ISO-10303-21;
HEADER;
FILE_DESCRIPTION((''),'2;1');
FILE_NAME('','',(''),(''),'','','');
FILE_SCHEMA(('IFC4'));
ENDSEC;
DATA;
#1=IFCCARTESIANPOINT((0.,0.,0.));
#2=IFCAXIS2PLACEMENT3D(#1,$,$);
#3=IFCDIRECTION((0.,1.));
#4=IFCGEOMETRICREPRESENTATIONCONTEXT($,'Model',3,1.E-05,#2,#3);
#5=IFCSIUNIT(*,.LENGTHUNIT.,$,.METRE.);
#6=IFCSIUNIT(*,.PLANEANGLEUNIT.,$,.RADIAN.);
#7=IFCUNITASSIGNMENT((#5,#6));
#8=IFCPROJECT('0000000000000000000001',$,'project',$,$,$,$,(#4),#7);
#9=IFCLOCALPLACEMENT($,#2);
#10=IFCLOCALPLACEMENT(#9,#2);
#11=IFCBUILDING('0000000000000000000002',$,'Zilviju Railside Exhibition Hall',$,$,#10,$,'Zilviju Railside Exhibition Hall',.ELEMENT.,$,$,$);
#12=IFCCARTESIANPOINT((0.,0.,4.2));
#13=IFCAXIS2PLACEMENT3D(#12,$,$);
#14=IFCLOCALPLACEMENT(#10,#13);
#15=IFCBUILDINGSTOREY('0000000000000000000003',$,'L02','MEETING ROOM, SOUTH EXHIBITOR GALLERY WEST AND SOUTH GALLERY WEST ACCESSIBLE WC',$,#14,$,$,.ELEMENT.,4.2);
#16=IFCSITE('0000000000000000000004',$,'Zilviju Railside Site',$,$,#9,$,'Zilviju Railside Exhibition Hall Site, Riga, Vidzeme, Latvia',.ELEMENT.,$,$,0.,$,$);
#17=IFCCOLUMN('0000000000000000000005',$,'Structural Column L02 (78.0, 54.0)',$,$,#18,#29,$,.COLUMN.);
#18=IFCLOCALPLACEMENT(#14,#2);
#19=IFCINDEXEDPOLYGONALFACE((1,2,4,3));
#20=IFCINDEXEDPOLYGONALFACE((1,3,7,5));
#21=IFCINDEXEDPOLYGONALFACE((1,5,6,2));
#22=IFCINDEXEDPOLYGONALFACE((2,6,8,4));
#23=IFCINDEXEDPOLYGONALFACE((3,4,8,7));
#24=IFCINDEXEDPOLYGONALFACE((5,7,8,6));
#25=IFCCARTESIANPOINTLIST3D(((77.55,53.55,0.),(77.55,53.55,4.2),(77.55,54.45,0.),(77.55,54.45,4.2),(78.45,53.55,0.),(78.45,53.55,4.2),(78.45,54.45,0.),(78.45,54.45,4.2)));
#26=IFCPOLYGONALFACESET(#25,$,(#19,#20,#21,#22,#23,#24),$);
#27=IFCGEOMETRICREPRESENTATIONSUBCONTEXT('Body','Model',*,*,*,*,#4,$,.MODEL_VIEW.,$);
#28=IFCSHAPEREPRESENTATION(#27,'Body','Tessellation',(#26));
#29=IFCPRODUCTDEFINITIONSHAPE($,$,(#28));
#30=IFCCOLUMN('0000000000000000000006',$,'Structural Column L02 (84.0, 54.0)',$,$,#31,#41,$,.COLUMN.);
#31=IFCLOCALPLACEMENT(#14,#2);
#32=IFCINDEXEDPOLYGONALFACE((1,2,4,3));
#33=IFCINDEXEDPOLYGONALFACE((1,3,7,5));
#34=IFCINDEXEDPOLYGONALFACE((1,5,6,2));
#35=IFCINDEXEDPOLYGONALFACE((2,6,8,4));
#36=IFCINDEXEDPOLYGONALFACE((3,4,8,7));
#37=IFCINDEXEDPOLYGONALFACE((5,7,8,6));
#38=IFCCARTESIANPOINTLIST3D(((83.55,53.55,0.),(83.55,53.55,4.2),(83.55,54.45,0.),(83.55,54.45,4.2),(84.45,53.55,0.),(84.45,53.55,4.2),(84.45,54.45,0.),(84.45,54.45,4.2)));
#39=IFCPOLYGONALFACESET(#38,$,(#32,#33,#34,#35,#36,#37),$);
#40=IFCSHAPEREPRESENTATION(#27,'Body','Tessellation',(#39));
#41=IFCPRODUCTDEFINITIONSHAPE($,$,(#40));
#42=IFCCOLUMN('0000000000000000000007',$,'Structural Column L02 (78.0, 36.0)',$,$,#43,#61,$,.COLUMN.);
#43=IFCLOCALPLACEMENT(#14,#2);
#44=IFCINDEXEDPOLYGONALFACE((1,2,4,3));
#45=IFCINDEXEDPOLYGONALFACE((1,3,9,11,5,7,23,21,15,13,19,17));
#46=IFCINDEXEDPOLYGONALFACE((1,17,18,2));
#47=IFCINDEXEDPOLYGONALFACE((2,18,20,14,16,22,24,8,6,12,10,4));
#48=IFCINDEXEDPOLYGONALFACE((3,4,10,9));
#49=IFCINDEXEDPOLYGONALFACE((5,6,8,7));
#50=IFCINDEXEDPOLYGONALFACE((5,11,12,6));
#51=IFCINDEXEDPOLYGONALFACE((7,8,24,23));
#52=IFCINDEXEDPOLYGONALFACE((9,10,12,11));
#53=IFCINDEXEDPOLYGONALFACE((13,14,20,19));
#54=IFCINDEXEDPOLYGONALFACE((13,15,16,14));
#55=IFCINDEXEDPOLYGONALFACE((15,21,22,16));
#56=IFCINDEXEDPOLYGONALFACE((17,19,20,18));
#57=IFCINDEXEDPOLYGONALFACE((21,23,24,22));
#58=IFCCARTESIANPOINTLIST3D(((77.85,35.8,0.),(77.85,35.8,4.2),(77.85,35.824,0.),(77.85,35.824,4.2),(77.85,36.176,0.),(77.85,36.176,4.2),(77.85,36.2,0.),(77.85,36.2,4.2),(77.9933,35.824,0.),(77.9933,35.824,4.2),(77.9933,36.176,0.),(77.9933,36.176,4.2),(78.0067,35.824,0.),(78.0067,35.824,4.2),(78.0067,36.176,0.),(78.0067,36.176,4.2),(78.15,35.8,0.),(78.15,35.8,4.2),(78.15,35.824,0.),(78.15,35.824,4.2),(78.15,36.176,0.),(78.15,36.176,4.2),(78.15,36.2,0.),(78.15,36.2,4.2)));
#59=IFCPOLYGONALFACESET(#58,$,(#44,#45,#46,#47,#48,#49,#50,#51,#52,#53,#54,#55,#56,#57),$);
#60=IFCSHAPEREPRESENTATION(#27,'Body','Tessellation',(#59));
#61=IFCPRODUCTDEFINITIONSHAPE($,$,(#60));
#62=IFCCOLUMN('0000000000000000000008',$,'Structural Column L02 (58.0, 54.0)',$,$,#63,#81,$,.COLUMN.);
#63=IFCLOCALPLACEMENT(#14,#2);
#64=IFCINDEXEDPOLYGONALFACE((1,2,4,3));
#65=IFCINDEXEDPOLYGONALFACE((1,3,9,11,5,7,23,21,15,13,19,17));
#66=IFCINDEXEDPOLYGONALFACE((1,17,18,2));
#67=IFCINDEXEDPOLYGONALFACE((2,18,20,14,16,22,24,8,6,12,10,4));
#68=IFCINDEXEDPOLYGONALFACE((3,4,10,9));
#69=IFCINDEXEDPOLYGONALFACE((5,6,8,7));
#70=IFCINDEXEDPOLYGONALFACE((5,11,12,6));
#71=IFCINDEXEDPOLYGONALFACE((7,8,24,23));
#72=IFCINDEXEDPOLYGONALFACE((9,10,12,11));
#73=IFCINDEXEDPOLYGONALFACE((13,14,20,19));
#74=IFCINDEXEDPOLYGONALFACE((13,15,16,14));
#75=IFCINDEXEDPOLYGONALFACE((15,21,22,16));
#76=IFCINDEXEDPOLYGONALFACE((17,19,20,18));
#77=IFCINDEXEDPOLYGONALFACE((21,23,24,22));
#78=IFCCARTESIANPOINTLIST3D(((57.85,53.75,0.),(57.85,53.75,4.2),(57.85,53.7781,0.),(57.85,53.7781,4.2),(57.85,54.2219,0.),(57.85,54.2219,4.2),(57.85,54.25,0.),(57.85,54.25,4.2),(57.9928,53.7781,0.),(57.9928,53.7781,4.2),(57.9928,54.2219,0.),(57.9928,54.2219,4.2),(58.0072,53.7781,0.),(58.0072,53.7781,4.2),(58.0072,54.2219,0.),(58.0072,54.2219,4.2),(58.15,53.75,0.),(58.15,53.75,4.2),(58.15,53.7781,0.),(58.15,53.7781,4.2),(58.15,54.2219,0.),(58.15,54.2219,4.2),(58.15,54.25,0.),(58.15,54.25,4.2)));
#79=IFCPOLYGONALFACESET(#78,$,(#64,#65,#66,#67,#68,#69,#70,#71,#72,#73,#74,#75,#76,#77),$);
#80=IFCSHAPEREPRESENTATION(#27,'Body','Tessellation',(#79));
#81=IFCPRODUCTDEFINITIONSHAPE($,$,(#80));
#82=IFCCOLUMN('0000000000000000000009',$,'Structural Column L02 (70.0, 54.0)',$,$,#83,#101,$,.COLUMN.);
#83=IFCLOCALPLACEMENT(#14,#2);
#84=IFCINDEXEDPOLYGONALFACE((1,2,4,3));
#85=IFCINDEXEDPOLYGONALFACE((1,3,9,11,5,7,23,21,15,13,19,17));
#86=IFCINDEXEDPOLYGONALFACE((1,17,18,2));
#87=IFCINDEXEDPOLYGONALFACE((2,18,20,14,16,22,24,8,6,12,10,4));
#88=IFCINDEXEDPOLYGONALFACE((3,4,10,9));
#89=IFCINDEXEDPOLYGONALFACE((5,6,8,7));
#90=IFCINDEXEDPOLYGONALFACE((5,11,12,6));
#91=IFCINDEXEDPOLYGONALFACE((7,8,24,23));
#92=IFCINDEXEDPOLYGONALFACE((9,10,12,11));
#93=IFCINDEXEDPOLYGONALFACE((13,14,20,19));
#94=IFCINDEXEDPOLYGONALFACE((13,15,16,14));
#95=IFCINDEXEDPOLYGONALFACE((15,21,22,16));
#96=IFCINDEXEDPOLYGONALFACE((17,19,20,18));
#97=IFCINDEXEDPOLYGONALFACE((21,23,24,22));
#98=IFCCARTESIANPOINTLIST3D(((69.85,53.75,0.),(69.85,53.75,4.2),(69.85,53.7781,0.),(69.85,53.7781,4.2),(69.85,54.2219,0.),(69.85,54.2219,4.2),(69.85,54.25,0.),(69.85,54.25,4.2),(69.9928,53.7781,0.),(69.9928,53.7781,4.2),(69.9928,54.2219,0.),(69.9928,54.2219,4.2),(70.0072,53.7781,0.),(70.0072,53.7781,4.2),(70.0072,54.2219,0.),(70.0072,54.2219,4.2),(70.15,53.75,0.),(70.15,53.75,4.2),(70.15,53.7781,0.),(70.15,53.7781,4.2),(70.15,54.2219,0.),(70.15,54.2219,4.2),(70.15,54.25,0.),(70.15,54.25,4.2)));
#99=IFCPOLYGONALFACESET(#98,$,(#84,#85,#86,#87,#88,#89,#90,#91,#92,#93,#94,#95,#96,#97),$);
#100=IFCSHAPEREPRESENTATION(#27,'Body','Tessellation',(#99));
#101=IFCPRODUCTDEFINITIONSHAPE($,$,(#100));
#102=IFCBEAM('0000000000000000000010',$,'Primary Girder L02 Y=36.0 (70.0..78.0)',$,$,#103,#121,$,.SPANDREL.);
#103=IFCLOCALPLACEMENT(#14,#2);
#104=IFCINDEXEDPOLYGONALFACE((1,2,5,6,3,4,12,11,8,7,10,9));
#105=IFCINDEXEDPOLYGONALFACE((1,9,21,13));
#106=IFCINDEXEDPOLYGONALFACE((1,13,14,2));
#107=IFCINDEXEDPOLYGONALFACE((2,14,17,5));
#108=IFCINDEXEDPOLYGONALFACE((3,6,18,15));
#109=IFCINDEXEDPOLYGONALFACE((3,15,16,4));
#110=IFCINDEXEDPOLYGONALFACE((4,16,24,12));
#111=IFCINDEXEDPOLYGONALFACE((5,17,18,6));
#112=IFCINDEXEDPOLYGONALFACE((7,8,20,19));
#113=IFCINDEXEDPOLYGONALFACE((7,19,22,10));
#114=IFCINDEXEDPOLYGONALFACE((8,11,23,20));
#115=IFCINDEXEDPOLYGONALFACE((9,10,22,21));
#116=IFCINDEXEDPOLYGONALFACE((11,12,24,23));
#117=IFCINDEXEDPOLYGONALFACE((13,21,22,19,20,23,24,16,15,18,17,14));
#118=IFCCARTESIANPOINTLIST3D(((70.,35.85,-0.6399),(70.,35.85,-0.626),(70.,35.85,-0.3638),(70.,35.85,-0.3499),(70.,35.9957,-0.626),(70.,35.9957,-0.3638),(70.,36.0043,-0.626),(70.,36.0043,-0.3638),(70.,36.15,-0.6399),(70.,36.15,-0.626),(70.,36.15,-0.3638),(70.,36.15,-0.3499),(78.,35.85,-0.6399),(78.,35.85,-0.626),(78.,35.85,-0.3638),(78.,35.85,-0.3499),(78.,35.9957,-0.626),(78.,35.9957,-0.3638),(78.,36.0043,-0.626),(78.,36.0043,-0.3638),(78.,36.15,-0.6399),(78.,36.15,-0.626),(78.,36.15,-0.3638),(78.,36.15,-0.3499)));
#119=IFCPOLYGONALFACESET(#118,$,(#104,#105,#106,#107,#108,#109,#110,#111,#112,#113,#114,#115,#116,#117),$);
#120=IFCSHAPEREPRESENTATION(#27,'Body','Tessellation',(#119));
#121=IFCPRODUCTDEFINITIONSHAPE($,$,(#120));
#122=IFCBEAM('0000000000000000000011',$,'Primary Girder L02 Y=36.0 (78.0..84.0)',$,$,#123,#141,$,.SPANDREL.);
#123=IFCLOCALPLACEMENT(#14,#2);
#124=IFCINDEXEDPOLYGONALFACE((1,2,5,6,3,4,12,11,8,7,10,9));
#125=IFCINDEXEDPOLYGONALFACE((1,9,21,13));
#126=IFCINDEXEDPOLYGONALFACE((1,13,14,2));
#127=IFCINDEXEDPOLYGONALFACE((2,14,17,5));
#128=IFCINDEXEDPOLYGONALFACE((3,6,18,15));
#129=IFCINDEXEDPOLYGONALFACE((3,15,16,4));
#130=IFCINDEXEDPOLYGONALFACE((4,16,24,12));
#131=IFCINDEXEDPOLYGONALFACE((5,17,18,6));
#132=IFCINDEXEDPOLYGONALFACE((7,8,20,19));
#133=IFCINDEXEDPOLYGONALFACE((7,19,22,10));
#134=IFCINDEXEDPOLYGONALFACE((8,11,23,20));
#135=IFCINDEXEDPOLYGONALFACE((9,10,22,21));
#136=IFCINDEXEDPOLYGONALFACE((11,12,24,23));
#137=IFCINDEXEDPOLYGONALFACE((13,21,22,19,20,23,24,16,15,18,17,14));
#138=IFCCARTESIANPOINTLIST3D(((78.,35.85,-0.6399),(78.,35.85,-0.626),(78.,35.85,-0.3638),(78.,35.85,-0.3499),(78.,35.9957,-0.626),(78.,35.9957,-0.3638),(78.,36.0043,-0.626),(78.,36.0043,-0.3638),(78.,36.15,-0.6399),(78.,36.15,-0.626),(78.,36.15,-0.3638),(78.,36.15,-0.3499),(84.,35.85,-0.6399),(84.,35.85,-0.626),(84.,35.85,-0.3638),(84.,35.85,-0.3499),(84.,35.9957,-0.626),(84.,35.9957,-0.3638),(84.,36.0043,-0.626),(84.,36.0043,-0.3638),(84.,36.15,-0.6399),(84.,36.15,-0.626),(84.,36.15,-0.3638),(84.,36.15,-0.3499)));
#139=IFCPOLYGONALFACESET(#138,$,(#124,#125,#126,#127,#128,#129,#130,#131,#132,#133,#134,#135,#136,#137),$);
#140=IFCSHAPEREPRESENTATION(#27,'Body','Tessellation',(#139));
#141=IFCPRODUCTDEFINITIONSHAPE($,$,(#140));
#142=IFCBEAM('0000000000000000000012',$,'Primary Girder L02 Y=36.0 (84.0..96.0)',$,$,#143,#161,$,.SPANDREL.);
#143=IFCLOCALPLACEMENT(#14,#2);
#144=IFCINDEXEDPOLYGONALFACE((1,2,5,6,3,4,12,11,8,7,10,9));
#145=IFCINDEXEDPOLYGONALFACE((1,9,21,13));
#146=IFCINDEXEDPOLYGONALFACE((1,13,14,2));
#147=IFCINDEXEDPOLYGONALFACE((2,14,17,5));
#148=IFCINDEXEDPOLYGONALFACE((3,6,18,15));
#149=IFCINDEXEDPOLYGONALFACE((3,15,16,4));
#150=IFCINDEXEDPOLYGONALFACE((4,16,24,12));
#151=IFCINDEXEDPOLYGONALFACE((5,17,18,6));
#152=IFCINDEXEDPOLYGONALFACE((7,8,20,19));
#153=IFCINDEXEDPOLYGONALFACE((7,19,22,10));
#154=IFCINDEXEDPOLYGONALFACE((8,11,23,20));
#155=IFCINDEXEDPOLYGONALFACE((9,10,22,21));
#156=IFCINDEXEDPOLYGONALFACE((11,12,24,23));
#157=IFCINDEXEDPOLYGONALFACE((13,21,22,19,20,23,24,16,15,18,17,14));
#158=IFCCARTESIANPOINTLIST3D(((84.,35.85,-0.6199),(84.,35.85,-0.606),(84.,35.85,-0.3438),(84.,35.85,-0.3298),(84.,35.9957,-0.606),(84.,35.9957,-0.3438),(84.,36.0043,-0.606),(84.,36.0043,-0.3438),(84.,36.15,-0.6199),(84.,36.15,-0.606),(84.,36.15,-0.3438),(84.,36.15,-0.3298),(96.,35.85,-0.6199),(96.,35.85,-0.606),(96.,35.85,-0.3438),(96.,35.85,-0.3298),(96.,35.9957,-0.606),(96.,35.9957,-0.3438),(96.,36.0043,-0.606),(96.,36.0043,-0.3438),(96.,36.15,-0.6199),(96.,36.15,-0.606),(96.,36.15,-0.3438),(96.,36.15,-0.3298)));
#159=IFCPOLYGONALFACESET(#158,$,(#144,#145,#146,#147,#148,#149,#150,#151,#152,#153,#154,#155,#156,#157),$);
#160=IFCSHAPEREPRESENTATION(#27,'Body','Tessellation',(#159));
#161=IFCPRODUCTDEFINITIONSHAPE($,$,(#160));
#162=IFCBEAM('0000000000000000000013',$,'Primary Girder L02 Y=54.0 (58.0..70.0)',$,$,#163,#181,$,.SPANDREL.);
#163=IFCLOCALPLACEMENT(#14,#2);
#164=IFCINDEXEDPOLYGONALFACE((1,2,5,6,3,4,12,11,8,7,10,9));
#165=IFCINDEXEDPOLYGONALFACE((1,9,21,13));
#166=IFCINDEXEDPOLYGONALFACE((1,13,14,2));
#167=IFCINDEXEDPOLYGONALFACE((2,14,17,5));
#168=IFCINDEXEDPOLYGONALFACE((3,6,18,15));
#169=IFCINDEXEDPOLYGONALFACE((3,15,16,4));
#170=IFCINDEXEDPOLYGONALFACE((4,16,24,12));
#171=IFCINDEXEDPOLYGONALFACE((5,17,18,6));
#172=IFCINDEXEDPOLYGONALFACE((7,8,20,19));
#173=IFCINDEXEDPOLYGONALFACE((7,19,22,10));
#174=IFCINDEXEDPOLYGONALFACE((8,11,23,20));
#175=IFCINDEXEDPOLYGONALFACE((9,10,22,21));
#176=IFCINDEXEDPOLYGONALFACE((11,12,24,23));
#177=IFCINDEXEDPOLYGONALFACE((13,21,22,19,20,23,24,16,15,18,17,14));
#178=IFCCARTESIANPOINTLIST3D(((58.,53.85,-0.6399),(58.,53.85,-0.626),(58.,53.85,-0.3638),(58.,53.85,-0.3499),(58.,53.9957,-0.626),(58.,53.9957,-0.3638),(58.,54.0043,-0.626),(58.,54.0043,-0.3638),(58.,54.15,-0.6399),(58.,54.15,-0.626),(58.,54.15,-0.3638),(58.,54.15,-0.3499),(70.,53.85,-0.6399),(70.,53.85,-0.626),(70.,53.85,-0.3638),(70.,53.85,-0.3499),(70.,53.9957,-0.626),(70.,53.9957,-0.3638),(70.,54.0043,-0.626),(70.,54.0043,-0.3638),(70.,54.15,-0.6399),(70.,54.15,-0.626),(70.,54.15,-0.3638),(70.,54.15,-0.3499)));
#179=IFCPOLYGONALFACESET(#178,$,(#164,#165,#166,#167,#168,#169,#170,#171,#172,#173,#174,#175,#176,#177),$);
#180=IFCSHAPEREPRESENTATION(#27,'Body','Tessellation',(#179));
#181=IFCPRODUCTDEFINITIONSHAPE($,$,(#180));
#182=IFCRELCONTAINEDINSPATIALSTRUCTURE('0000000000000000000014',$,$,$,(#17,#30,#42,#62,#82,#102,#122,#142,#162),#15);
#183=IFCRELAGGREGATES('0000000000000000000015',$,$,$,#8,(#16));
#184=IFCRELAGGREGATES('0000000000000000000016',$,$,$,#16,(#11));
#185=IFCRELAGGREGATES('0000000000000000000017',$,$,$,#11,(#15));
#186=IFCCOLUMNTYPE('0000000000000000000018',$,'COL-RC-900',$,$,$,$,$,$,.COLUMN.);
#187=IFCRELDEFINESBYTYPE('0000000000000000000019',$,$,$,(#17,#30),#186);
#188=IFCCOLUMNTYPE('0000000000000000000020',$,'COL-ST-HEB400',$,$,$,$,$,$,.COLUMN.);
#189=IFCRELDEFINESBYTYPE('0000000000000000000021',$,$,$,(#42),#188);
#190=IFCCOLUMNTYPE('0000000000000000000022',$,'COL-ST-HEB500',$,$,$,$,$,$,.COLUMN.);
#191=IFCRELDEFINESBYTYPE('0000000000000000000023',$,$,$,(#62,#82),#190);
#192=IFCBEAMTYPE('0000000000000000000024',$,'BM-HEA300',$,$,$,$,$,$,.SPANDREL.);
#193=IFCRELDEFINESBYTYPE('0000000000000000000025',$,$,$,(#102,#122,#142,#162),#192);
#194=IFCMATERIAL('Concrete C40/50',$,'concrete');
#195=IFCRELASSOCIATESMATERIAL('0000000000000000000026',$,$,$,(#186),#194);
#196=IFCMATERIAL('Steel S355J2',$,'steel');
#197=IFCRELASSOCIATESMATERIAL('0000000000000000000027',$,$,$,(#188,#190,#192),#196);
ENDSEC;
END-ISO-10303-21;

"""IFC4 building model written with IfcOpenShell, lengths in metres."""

from ifc_helpers import new_model, si_unit, direction, frame, origin, origin_2d, place, context, subcontext, project, spatial, rectangle, i_section, extrude, material, material_profile, profile_set, type_object, element, save


model = new_model("IFC4")

# Units and contexts
model_context = context("Model", 3, precision=1e-05, world=origin(), true_north=direction((0.0, 1.0)))
body_context = subcontext(model_context, "Body", "Model", "MODEL_VIEW")
ifc_project = project(units=[si_unit("LENGTHUNIT", "METRE"), si_unit("PLANEANGLEUNIT", "RADIAN")], contexts=[model_context])

# Site, building, storey
site_placement = place(None, origin())
site = spatial("IfcSite", under=ifc_project, at=site_placement, Name="Zilviju Railside Site", LongName="Zilviju Railside Exhibition Hall Site, Riga, Vidzeme, Latvia", CompositionType="ELEMENT", RefElevation=0.0)
building_placement = place(site_placement, origin())
building = spatial("IfcBuilding", under=site, at=building_placement, Name="Zilviju Railside Exhibition Hall", LongName="Zilviju Railside Exhibition Hall", CompositionType="ELEMENT")
storey_placement = place(building_placement, frame((0.0, 0.0, 4.2)))
storey = spatial("IfcBuildingStorey", under=building, at=storey_placement, Name="L02", Description="MEETING ROOM, SOUTH EXHIBITOR GALLERY WEST AND SOUTH GALLERY WEST ACCESSIBLE WC", CompositionType="ELEMENT", Elevation=4.2)

# Columns
ifc_material_1 = material(Name="Concrete C40/50", Category="concrete")
ifc_material_profile_1 = material_profile(ifc_material_1, rectangle(XDim=0.8999, YDim=0.8999, at=origin_2d()), Name="RC COL 900x900")
ifc_profile_set_1 = profile_set([ifc_material_profile_1], Name="Concrete C40/50")
column_type_1 = type_object("IfcColumnType", Name="COL-RC-900", PredefinedType="COLUMN", material=ifc_profile_set_1)
for number, where, z_axis, x_axis, name in (
    (1, (78.0, 54.0, 0.0), (0.0, 0.0, 1.0), (1.0, 0.0, 0.0), "Structural Column L02 (78.0, 54.0)"),
    (2, (84.0, 54.0, 0.0), (0.0, 0.0, 1.0), (1.0, 0.0, 0.0), "Structural Column L02 (84.0, 54.0)"),
):
    element("IfcColumn", number, at=place(storey_placement, frame(where, z_axis=z_axis, x_axis=x_axis)), inside=storey, type_object=column_type_1, Name=name, PredefinedType="COLUMN", context=body_context, shape_type="SweptSolid", body=[
        extrude(rectangle(XDim=0.8999, YDim=0.8999, at=origin_2d()), origin(), (0.0, 0.0, 1.0), 4.2),
    ])
ifc_material_2 = material(Name="Steel S355J2", Category="steel")
ifc_material_profile_2 = material_profile(ifc_material_2, i_section(OverallWidth=0.3, OverallDepth=0.3999, WebThickness=0.0134, FlangeThickness=0.0239, at=origin_2d()), Name="HEB 400")
ifc_profile_set_2 = profile_set([ifc_material_profile_2], Name="Steel S355J2")
column_type_2 = type_object("IfcColumnType", Name="COL-ST-HEB400", PredefinedType="COLUMN", material=ifc_profile_set_2)
column_placement = place(storey_placement, frame((78.0, 36.0, 0.0), z_axis=(0.0, 0.0, 1.0), x_axis=(1.0, 0.0, 0.0)))
element("IfcColumn", 3, at=column_placement, inside=storey, type_object=column_type_2, Name="Structural Column L02 (78.0, 36.0)", PredefinedType="COLUMN", context=body_context, shape_type="SweptSolid", body=[
    extrude(i_section(OverallWidth=0.3, OverallDepth=0.3999, WebThickness=0.0134, FlangeThickness=0.0239, at=origin_2d()), origin(), (0.0, 0.0, 1.0), 4.2),
])
ifc_material_profile_3 = material_profile(ifc_material_2, i_section(OverallWidth=0.3, OverallDepth=0.5, WebThickness=0.0144, FlangeThickness=0.0281, at=origin_2d()), Name="HEB 500")
ifc_profile_set_3 = profile_set([ifc_material_profile_3], Name="Steel S355J2")
column_type_3 = type_object("IfcColumnType", Name="COL-ST-HEB500", PredefinedType="COLUMN", material=ifc_profile_set_3)
for number, where, z_axis, x_axis, name in (
    (4, (58.0, 54.0, 0.0), (0.0, 0.0, 1.0), (1.0, 0.0, 0.0), "Structural Column L02 (58.0, 54.0)"),
    (5, (70.0, 54.0, 0.0), (0.0, 0.0, 1.0), (1.0, 0.0, 0.0), "Structural Column L02 (70.0, 54.0)"),
):
    element("IfcColumn", number, at=place(storey_placement, frame(where, z_axis=z_axis, x_axis=x_axis)), inside=storey, type_object=column_type_3, Name=name, PredefinedType="COLUMN", context=body_context, shape_type="SweptSolid", body=[
        extrude(i_section(OverallWidth=0.3, OverallDepth=0.5, WebThickness=0.0144, FlangeThickness=0.0281, at=origin_2d()), origin(), (0.0, 0.0, 1.0), 4.2),
    ])

# Beams
ifc_material_profile_4 = material_profile(ifc_material_2, i_section(OverallWidth=0.3, OverallDepth=0.29, WebThickness=0.0085, FlangeThickness=0.0139, at=origin_2d()), Name="HEA 300")
ifc_profile_set_4 = profile_set([ifc_material_profile_4], Name="Steel S355J2")
beam_type_1 = type_object("IfcBeamType", Name="BM-HEA300", PredefinedType="SPANDREL", material=ifc_profile_set_4)
beam_1_placement = place(storey_placement, frame((70.0, 36.0, -0.4949), z_axis=(1.0, 0.0, 0.0), x_axis=(0.0, 1.0, 0.0)))
element("IfcBeam", 6, at=beam_1_placement, inside=storey, type_object=beam_type_1, Name="Primary Girder L02 Y=36.0 (70.0..78.0)", PredefinedType="SPANDREL", context=body_context, shape_type="SweptSolid", body=[
    extrude(i_section(OverallWidth=0.3, OverallDepth=0.29, WebThickness=0.0085, FlangeThickness=0.0139, at=origin_2d()), origin(), (0.0, 0.0, 1.0), 8.0),
])
beam_2_placement = place(storey_placement, frame((78.0, 36.0, -0.4949), z_axis=(1.0, 0.0, 0.0), x_axis=(0.0, 1.0, 0.0)))
element("IfcBeam", 7, at=beam_2_placement, inside=storey, type_object=beam_type_1, Name="Primary Girder L02 Y=36.0 (78.0..84.0)", PredefinedType="SPANDREL", context=body_context, shape_type="SweptSolid", body=[
    extrude(i_section(OverallWidth=0.3, OverallDepth=0.29, WebThickness=0.0085, FlangeThickness=0.0139, at=origin_2d()), origin(), (0.0, 0.0, 1.0), 6.0),
])
for number, where, z_axis, x_axis, name in (
    (8, (84.0, 36.0, -0.4749), (1.0, 0.0, 0.0), (0.0, 1.0, 0.0), "Primary Girder L02 Y=36.0 (84.0..96.0)"),
    (9, (58.0, 54.0, -0.4949), (1.0, 0.0, 0.0), (0.0, 1.0, 0.0), "Primary Girder L02 Y=54.0 (58.0..70.0)"),
):
    element("IfcBeam", number, at=place(storey_placement, frame(where, z_axis=z_axis, x_axis=x_axis)), inside=storey, type_object=beam_type_1, Name=name, PredefinedType="SPANDREL", context=body_context, shape_type="SweptSolid", body=[
        extrude(i_section(OverallWidth=0.3, OverallDepth=0.29, WebThickness=0.0085, FlangeThickness=0.0139, at=origin_2d()), origin(), (0.0, 0.0, 1.0), 12.0),
    ])

save(model, "model.ifc")
